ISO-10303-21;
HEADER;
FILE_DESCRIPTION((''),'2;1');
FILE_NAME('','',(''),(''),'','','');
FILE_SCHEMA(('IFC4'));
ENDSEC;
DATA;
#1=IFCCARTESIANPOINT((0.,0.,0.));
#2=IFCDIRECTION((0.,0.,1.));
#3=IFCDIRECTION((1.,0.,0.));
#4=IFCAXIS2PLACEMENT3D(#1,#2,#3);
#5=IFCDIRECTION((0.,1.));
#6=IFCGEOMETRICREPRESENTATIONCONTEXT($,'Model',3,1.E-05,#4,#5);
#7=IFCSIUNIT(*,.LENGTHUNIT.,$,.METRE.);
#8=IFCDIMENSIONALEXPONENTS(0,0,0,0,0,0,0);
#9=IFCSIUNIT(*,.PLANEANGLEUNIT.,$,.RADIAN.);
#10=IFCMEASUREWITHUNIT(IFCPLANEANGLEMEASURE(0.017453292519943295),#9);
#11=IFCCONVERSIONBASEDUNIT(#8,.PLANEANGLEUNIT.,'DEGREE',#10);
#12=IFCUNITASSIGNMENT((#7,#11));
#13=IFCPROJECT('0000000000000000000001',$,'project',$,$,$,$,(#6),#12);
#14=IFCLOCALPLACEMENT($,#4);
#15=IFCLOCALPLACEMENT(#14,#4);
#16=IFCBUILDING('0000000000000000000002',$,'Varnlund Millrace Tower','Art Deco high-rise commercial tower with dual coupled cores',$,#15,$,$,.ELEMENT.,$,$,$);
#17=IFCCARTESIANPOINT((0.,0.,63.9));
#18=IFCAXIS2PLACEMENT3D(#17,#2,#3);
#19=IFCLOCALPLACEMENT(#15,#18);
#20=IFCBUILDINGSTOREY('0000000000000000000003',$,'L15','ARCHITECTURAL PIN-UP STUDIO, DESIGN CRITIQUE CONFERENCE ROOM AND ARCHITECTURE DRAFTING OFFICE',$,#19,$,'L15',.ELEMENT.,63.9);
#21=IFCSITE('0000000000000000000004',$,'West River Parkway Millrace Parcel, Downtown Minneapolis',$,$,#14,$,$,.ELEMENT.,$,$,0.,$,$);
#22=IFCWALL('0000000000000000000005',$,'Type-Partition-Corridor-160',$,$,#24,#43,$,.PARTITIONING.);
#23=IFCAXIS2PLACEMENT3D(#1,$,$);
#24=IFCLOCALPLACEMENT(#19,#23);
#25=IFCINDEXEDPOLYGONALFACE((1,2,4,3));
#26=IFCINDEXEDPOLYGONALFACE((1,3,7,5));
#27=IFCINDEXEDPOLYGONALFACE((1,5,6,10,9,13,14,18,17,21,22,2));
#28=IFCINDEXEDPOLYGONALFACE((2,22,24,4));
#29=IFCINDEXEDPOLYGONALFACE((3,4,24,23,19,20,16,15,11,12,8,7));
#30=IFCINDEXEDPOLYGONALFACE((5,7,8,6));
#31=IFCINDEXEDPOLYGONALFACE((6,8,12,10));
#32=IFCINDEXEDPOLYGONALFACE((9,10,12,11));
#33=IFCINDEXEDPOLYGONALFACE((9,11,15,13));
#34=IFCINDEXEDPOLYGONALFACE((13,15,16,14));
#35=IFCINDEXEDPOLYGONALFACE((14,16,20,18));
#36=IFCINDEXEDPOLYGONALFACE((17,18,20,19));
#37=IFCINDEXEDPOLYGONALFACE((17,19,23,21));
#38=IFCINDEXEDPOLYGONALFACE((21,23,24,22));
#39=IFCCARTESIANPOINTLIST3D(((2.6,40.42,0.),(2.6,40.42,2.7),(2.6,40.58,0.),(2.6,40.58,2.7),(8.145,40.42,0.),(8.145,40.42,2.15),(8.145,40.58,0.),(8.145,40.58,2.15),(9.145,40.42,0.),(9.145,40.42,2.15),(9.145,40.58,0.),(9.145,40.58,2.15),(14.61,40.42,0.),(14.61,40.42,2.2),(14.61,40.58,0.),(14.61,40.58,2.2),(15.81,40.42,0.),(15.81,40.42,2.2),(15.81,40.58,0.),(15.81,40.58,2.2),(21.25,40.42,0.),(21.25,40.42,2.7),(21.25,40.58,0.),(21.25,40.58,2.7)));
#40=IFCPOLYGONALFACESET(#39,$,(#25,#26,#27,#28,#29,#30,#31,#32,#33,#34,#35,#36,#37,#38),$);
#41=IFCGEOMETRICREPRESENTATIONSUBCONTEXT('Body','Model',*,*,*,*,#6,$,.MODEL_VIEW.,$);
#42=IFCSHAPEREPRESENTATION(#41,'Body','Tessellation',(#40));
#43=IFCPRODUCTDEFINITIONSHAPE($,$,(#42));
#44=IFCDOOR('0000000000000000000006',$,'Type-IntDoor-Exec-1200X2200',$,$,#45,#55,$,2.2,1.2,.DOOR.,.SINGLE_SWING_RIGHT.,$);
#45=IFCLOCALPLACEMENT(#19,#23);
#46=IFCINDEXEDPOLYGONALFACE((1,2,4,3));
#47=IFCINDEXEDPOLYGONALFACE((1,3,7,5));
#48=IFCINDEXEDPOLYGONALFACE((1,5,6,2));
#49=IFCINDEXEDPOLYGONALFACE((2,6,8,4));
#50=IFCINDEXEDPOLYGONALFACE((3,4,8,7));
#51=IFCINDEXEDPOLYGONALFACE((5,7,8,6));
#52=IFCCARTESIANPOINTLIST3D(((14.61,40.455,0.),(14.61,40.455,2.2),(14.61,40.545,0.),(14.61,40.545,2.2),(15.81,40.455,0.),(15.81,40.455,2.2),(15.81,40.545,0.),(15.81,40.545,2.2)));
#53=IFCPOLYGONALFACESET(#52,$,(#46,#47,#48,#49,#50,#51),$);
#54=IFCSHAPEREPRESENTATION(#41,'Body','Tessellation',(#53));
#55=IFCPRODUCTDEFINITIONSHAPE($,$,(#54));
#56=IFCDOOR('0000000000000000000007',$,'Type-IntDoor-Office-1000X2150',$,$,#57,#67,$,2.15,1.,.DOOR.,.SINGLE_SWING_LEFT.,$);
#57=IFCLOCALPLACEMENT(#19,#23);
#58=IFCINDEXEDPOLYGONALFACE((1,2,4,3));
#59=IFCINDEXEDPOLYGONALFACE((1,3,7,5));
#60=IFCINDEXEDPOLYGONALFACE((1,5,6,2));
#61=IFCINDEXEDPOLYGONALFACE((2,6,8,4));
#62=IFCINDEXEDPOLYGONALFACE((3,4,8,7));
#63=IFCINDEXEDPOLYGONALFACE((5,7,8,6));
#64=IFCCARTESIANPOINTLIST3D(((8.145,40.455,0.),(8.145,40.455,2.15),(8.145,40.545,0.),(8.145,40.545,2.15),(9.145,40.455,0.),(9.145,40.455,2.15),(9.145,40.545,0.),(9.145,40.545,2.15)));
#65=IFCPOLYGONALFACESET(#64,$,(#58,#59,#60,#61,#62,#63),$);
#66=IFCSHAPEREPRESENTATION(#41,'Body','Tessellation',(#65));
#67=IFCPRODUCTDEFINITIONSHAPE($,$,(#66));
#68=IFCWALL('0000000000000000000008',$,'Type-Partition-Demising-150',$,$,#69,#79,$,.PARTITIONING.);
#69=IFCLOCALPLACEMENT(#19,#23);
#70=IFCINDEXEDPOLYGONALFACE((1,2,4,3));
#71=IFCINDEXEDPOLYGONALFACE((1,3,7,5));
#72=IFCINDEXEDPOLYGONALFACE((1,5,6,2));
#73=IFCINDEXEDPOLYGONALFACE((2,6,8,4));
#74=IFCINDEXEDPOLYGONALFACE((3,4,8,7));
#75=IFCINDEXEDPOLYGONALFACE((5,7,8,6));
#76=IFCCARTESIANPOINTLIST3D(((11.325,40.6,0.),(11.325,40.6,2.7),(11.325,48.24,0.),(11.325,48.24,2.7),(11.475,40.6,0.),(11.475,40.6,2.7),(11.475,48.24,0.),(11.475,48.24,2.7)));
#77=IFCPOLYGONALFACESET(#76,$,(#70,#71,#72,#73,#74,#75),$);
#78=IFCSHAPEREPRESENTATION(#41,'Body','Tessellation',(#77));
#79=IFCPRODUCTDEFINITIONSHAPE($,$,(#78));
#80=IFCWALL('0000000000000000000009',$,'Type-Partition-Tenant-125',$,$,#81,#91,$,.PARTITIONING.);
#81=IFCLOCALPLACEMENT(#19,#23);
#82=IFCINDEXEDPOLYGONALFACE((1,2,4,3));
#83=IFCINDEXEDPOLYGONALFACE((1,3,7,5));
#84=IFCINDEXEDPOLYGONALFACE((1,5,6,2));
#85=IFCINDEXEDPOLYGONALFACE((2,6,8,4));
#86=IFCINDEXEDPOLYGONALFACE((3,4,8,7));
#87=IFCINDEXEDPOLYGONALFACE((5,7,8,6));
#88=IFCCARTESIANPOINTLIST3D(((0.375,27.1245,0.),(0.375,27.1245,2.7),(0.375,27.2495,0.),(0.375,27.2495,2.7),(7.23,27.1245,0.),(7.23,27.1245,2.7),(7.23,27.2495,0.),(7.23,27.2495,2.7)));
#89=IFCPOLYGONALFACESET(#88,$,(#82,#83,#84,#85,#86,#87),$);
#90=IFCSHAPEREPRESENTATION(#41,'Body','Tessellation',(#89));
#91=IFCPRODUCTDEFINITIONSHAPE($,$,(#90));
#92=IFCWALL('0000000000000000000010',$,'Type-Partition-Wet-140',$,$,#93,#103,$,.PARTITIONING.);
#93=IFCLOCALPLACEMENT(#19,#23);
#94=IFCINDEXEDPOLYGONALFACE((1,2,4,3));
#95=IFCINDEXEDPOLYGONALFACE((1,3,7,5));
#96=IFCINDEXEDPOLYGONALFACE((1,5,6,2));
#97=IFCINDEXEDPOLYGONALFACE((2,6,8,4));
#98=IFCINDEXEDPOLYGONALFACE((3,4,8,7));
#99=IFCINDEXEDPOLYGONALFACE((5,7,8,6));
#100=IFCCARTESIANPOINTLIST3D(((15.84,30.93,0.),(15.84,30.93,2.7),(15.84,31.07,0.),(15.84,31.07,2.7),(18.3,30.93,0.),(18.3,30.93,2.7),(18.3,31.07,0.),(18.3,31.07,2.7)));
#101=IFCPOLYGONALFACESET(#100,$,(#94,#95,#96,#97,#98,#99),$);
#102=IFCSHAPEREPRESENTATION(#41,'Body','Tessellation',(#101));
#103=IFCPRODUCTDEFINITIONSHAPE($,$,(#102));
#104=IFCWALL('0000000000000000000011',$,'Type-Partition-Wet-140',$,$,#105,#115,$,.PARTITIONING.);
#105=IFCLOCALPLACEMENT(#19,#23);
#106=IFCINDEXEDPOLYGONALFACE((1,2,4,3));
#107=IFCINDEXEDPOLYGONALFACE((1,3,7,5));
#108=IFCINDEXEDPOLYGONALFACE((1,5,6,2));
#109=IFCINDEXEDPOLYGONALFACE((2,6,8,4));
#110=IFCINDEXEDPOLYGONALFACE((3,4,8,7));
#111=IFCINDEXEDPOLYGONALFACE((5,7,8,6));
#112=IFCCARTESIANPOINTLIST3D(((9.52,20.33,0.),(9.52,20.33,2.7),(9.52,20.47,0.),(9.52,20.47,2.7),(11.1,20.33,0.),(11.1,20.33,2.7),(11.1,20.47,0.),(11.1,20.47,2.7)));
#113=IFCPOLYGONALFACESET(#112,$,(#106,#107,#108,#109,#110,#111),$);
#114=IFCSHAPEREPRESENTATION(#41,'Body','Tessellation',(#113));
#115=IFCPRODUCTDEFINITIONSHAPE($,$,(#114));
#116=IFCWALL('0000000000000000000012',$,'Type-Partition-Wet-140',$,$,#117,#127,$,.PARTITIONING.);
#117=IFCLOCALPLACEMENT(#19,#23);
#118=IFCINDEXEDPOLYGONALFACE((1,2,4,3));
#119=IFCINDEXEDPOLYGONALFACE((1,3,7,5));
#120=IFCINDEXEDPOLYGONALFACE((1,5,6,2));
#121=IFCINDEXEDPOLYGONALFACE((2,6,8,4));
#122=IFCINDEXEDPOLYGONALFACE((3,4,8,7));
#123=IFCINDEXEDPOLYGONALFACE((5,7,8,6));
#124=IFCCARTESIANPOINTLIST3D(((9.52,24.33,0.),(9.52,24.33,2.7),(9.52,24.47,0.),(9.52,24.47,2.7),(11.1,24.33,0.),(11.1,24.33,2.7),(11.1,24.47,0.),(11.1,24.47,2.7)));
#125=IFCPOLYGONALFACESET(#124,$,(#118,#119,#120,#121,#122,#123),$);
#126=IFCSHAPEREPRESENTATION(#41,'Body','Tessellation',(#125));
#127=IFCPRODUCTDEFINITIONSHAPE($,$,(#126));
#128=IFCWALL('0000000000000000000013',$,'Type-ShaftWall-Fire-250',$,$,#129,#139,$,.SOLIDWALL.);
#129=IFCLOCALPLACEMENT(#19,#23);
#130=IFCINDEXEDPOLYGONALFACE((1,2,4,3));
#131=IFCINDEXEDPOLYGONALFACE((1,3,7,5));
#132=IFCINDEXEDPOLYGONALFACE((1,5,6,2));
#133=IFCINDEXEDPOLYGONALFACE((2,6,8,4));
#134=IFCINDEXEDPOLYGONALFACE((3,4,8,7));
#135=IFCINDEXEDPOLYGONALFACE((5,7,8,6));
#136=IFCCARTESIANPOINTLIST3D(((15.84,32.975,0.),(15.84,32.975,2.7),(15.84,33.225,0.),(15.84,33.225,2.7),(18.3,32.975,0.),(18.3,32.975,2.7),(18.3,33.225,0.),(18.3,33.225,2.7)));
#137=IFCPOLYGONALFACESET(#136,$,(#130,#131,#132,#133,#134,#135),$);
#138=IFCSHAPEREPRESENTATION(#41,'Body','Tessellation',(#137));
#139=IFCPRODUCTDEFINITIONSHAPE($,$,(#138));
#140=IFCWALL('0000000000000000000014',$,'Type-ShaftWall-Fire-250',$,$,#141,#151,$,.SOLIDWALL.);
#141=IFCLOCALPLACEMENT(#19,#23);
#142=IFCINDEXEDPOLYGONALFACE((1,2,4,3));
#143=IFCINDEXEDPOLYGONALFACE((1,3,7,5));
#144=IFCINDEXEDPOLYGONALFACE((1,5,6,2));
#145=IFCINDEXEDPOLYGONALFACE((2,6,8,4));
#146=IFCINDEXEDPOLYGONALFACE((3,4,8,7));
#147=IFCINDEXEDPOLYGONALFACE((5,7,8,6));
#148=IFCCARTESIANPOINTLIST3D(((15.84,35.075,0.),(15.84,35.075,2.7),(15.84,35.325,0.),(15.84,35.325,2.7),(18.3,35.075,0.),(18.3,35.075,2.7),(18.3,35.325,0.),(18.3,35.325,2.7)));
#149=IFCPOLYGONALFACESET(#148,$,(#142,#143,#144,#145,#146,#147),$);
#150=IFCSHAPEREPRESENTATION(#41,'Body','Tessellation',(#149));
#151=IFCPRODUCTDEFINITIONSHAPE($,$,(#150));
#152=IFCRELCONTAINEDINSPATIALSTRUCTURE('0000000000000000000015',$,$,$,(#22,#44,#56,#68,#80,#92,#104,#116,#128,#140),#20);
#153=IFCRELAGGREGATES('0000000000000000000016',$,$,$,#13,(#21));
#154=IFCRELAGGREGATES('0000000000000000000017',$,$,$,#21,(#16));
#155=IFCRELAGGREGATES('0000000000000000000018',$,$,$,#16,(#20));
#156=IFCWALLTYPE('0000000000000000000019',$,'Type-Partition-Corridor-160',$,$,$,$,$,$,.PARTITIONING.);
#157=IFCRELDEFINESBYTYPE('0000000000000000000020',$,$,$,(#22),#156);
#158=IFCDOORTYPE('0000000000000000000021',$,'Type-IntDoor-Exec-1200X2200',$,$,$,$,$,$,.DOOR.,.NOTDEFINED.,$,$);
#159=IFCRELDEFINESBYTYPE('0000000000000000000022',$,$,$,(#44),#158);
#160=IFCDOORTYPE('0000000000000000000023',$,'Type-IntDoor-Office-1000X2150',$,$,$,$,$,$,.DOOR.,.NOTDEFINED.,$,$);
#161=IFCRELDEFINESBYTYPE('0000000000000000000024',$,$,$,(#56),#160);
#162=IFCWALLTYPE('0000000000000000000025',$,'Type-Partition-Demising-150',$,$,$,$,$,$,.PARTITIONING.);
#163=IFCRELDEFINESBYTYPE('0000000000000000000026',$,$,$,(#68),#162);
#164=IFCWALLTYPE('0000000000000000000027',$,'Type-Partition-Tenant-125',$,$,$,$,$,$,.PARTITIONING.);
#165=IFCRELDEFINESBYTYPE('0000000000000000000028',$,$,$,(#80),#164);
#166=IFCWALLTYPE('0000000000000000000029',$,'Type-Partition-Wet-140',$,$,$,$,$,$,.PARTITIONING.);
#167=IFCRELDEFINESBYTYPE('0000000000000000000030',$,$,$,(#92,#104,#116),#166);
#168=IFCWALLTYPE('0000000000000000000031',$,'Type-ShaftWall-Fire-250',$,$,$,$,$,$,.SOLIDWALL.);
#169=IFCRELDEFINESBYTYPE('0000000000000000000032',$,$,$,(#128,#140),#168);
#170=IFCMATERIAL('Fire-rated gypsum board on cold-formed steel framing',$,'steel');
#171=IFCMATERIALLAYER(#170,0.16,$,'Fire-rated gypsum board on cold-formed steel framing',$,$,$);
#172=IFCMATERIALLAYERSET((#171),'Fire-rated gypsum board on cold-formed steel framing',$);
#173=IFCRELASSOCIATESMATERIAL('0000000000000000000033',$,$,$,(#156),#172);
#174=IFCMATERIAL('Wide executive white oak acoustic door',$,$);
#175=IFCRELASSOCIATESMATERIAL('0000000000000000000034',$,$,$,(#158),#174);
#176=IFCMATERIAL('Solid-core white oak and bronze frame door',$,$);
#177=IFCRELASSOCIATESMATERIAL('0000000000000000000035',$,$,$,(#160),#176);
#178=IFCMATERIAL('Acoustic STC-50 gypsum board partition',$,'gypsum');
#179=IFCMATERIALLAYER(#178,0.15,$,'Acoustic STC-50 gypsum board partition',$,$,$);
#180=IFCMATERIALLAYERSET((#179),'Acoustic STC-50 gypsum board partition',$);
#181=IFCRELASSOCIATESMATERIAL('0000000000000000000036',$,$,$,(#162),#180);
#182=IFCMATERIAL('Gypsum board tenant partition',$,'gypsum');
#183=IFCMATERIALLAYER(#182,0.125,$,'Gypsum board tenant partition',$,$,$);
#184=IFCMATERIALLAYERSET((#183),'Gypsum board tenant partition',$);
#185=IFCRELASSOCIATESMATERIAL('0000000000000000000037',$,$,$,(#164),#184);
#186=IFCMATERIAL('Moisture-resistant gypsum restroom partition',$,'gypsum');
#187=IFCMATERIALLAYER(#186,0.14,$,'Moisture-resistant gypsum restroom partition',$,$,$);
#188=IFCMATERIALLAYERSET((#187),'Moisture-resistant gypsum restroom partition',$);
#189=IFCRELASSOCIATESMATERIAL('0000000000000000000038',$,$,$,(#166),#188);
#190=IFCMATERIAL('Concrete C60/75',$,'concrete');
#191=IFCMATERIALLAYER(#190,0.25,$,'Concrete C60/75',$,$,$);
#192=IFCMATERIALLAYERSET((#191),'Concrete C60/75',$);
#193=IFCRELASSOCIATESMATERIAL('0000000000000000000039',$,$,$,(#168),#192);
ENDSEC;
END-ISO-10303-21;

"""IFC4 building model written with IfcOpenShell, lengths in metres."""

from ifc_helpers import new_model, entity, si_unit, converted_unit, direction, frame, origin_with_axes, origin_2d_with_axis, place, context, subcontext, project, spatial, polyline, rectangle, outline, extrude, material, layer, layer_set, type_object, element, fill, save


model = new_model("IFC4")

# Units and contexts
model_context = context("Model", 3, precision=1e-05, world=origin_with_axes(), true_north=direction((0.0, 1.0)))
body_context = subcontext(model_context, "Body", "Model", "MODEL_VIEW")
ifc_project = project(units=[si_unit("LENGTHUNIT", "METRE"), converted_unit("PLANEANGLEUNIT", "DEGREE", entity("IfcPlaneAngleMeasure", 0.017453292519943295), si_unit("PLANEANGLEUNIT", "RADIAN"), dimensions=[0, 0, 0, 0, 0, 0, 0])], contexts=[model_context])

# Site, building, storey
site_placement = place(None, origin_with_axes())
site = spatial("IfcSite", under=ifc_project, at=site_placement, Name="West River Parkway Millrace Parcel, Downtown Minneapolis", CompositionType="ELEMENT", RefElevation=0.0)
building_placement = place(site_placement, origin_with_axes())
building = spatial("IfcBuilding", under=site, at=building_placement, Name="Varnlund Millrace Tower", Description="Art Deco high-rise commercial tower with dual coupled cores", CompositionType="ELEMENT")
storey_placement = place(building_placement, frame((0.0, 0.0, 63.9), z_axis=(0.0, 0.0, 1.0), x_axis=(1.0, 0.0, 0.0)))
storey = spatial("IfcBuildingStorey", under=building, at=storey_placement, Name="L15", Description="ARCHITECTURAL PIN-UP STUDIO, DESIGN CRITIQUE CONFERENCE ROOM AND ARCHITECTURE DRAFTING OFFICE", LongName="L15", CompositionType="ELEMENT", Elevation=63.9)

# Shared definitions
ifc_material_1 = material(Name="Fire-rated gypsum board on cold-formed steel framing", Category="steel")
ifc_layer_1 = layer(ifc_material_1, 0.16, Name="Fire-rated gypsum board on cold-formed steel framing")
ifc_layer_set_1 = layer_set([ifc_layer_1], Name="Fire-rated gypsum board on cold-formed steel framing")
wall_type_1 = type_object("IfcWallType", Name="Type-Partition-Corridor-160", PredefinedType="PARTITIONING", material=ifc_layer_set_1)

# Wall, openings, doors
wall_1_placement = place(storey_placement, frame((2.6, 40.5, 0.0), z_axis=(0.0, 0.0, 1.0), x_axis=(1.0, 0.0, 0.0)))
wall_1 = element("IfcWall", 1, at=wall_1_placement, inside=storey, type_object=wall_type_1, Name="Type-Partition-Corridor-160", PredefinedType="PARTITIONING", context=body_context, shape_type="SweptSolid", body=[
    extrude(outline(polyline([(0.0, -0.08), (18.65, -0.08), (18.65, 0.08), (0.0, 0.08), (0.0, -0.08)])), origin_with_axes(), (0.0, 0.0, 1.0), 2.7),
])
opening_1_placement = place(wall_1_placement, frame((6.045, 0.0, 0.0), z_axis=(0.0, 0.0, 1.0), x_axis=(1.0, 0.0, 0.0)))
opening_1 = element("IfcOpeningElement", 2, at=opening_1_placement, cuts=wall_1, PredefinedType="OPENING", context=body_context, shape_type="SweptSolid", body=[
    extrude(rectangle(XDim=1.0, YDim=0.18, at=origin_2d_with_axis()), origin_with_axes(), (0.0, 0.0, 1.0), 2.15),
])
opening_2_placement = place(wall_1_placement, frame((12.61, 0.0, 0.0), z_axis=(0.0, 0.0, 1.0), x_axis=(1.0, 0.0, 0.0)))
opening_2 = element("IfcOpeningElement", 3, at=opening_2_placement, cuts=wall_1, PredefinedType="OPENING", context=body_context, shape_type="SweptSolid", body=[
    extrude(rectangle(XDim=1.2, YDim=0.18, at=origin_2d_with_axis()), origin_with_axes(), (0.0, 0.0, 1.0), 2.2),
])
ifc_material_2 = material(Name="Wide executive white oak acoustic door")
door_type_1 = type_object("IfcDoorType", Name="Type-IntDoor-Exec-1200X2200", OperationType="NOTDEFINED", PredefinedType="DOOR", material=ifc_material_2)
door_1_placement = place(wall_1_placement, frame((12.61, 0.0, 0.0), z_axis=(0.0, 0.0, 1.0), x_axis=(1.0, 0.0, 0.0)))
door_1 = element("IfcDoor", 4, at=door_1_placement, inside=storey, type_object=door_type_1, Name="Type-IntDoor-Exec-1200X2200", OperationType="SINGLE_SWING_RIGHT", OverallHeight=2.2, OverallWidth=1.2, PredefinedType="DOOR", context=body_context, shape_type="SweptSolid", body=[
    extrude(rectangle(XDim=1.2, YDim=0.09, at=origin_2d_with_axis()), origin_with_axes(), (0.0, 0.0, 1.0), 2.2),
])
fill(opening_2, door_1)
ifc_material_3 = material(Name="Solid-core white oak and bronze frame door")
door_type_2 = type_object("IfcDoorType", Name="Type-IntDoor-Office-1000X2150", OperationType="NOTDEFINED", PredefinedType="DOOR", material=ifc_material_3)
door_2_placement = place(wall_1_placement, frame((6.045, 0.0, 0.0), z_axis=(0.0, 0.0, 1.0), x_axis=(1.0, 0.0, 0.0)))
door_2 = element("IfcDoor", 5, at=door_2_placement, inside=storey, type_object=door_type_2, Name="Type-IntDoor-Office-1000X2150", OperationType="SINGLE_SWING_LEFT", OverallHeight=2.15, OverallWidth=1.0, PredefinedType="DOOR", context=body_context, shape_type="SweptSolid", body=[
    extrude(rectangle(XDim=1.0, YDim=0.09, at=origin_2d_with_axis()), origin_with_axes(), (0.0, 0.0, 1.0), 2.15),
])
fill(opening_1, door_2)

# Walls
ifc_material_4 = material(Name="Acoustic STC-50 gypsum board partition", Category="gypsum")
ifc_layer_2 = layer(ifc_material_4, 0.15, Name="Acoustic STC-50 gypsum board partition")
ifc_layer_set_2 = layer_set([ifc_layer_2], Name="Acoustic STC-50 gypsum board partition")
wall_type_2 = type_object("IfcWallType", Name="Type-Partition-Demising-150", PredefinedType="PARTITIONING", material=ifc_layer_set_2)
wall_2_placement = place(storey_placement, frame((11.4, 40.6, 0.0), z_axis=(0.0, 0.0, 1.0), x_axis=(0.0, 1.0, 0.0)))
element("IfcWall", 6, at=wall_2_placement, inside=storey, type_object=wall_type_2, Name="Type-Partition-Demising-150", PredefinedType="PARTITIONING", context=body_context, shape_type="SweptSolid", body=[
    extrude(outline(polyline([(0.0, -0.075), (7.64, -0.075), (7.64, 0.075), (0.0, 0.075), (0.0, -0.075)])), origin_with_axes(), (0.0, 0.0, 1.0), 2.7),
])
ifc_material_5 = material(Name="Gypsum board tenant partition", Category="gypsum")
ifc_layer_3 = layer(ifc_material_5, 0.125, Name="Gypsum board tenant partition")
ifc_layer_set_3 = layer_set([ifc_layer_3], Name="Gypsum board tenant partition")
wall_type_3 = type_object("IfcWallType", Name="Type-Partition-Tenant-125", PredefinedType="PARTITIONING", material=ifc_layer_set_3)
wall_3_placement = place(storey_placement, frame((0.375, 27.187, 0.0), z_axis=(0.0, 0.0, 1.0), x_axis=(1.0, 0.0, 0.0)))
element("IfcWall", 7, at=wall_3_placement, inside=storey, type_object=wall_type_3, Name="Type-Partition-Tenant-125", PredefinedType="PARTITIONING", context=body_context, shape_type="SweptSolid", body=[
    extrude(outline(polyline([(0.0, -0.0625), (6.855, -0.0625), (6.855, 0.0625), (0.0, 0.0625), (0.0, -0.0625)])), origin_with_axes(), (0.0, 0.0, 1.0), 2.7),
])
ifc_material_6 = material(Name="Moisture-resistant gypsum restroom partition", Category="gypsum")
ifc_layer_4 = layer(ifc_material_6, 0.14, Name="Moisture-resistant gypsum restroom partition")
ifc_layer_set_4 = layer_set([ifc_layer_4], Name="Moisture-resistant gypsum restroom partition")
wall_type_4 = type_object("IfcWallType", Name="Type-Partition-Wet-140", PredefinedType="PARTITIONING", material=ifc_layer_set_4)
wall_4_placement = place(storey_placement, frame((15.84, 31.0, 0.0), z_axis=(0.0, 0.0, 1.0), x_axis=(1.0, 0.0, 0.0)))
element("IfcWall", 8, at=wall_4_placement, inside=storey, type_object=wall_type_4, Name="Type-Partition-Wet-140", PredefinedType="PARTITIONING", context=body_context, shape_type="SweptSolid", body=[
    extrude(outline(polyline([(0.0, -0.07), (2.46, -0.07), (2.46, 0.07), (0.0, 0.07), (0.0, -0.07)])), origin_with_axes(), (0.0, 0.0, 1.0), 2.7),
])
for number, where, z_axis, x_axis, name in (
    (9, (9.52, 20.4, 0.0), (0.0, 0.0, 1.0), (1.0, 0.0, 0.0), "Type-Partition-Wet-140"),
    (10, (9.52, 24.4, 0.0), (0.0, 0.0, 1.0), (1.0, 0.0, 0.0), "Type-Partition-Wet-140"),
):
    element("IfcWall", number, at=place(storey_placement, frame(where, z_axis=z_axis, x_axis=x_axis)), inside=storey, type_object=wall_type_4, Name=name, PredefinedType="PARTITIONING", context=body_context, shape_type="SweptSolid", body=[
        extrude(outline(polyline([(0.0, -0.07), (1.58, -0.07), (1.58, 0.07), (0.0, 0.07), (0.0, -0.07)])), origin_with_axes(), (0.0, 0.0, 1.0), 2.7),
    ])
ifc_material_7 = material(Name="Concrete C60/75", Category="concrete")
ifc_layer_5 = layer(ifc_material_7, 0.25, Name="Concrete C60/75")
ifc_layer_set_5 = layer_set([ifc_layer_5], Name="Concrete C60/75")
wall_type_5 = type_object("IfcWallType", Name="Type-ShaftWall-Fire-250", PredefinedType="SOLIDWALL", material=ifc_layer_set_5)
for number, where, z_axis, x_axis, name in (
    (11, (15.84, 33.1, 0.0), (0.0, 0.0, 1.0), (1.0, 0.0, 0.0), "Type-ShaftWall-Fire-250"),
    (12, (15.84, 35.2, 0.0), (0.0, 0.0, 1.0), (1.0, 0.0, 0.0), "Type-ShaftWall-Fire-250"),
):
    element("IfcWall", number, at=place(storey_placement, frame(where, z_axis=z_axis, x_axis=x_axis)), inside=storey, type_object=wall_type_5, Name=name, PredefinedType="SOLIDWALL", context=body_context, shape_type="SweptSolid", body=[
        extrude(outline(polyline([(0.0, -0.125), (2.46, -0.125), (2.46, 0.125), (0.0, 0.125), (0.0, -0.125)])), origin_with_axes(), (0.0, 0.0, 1.0), 2.7),
    ])

save(model, "model.ifc")
